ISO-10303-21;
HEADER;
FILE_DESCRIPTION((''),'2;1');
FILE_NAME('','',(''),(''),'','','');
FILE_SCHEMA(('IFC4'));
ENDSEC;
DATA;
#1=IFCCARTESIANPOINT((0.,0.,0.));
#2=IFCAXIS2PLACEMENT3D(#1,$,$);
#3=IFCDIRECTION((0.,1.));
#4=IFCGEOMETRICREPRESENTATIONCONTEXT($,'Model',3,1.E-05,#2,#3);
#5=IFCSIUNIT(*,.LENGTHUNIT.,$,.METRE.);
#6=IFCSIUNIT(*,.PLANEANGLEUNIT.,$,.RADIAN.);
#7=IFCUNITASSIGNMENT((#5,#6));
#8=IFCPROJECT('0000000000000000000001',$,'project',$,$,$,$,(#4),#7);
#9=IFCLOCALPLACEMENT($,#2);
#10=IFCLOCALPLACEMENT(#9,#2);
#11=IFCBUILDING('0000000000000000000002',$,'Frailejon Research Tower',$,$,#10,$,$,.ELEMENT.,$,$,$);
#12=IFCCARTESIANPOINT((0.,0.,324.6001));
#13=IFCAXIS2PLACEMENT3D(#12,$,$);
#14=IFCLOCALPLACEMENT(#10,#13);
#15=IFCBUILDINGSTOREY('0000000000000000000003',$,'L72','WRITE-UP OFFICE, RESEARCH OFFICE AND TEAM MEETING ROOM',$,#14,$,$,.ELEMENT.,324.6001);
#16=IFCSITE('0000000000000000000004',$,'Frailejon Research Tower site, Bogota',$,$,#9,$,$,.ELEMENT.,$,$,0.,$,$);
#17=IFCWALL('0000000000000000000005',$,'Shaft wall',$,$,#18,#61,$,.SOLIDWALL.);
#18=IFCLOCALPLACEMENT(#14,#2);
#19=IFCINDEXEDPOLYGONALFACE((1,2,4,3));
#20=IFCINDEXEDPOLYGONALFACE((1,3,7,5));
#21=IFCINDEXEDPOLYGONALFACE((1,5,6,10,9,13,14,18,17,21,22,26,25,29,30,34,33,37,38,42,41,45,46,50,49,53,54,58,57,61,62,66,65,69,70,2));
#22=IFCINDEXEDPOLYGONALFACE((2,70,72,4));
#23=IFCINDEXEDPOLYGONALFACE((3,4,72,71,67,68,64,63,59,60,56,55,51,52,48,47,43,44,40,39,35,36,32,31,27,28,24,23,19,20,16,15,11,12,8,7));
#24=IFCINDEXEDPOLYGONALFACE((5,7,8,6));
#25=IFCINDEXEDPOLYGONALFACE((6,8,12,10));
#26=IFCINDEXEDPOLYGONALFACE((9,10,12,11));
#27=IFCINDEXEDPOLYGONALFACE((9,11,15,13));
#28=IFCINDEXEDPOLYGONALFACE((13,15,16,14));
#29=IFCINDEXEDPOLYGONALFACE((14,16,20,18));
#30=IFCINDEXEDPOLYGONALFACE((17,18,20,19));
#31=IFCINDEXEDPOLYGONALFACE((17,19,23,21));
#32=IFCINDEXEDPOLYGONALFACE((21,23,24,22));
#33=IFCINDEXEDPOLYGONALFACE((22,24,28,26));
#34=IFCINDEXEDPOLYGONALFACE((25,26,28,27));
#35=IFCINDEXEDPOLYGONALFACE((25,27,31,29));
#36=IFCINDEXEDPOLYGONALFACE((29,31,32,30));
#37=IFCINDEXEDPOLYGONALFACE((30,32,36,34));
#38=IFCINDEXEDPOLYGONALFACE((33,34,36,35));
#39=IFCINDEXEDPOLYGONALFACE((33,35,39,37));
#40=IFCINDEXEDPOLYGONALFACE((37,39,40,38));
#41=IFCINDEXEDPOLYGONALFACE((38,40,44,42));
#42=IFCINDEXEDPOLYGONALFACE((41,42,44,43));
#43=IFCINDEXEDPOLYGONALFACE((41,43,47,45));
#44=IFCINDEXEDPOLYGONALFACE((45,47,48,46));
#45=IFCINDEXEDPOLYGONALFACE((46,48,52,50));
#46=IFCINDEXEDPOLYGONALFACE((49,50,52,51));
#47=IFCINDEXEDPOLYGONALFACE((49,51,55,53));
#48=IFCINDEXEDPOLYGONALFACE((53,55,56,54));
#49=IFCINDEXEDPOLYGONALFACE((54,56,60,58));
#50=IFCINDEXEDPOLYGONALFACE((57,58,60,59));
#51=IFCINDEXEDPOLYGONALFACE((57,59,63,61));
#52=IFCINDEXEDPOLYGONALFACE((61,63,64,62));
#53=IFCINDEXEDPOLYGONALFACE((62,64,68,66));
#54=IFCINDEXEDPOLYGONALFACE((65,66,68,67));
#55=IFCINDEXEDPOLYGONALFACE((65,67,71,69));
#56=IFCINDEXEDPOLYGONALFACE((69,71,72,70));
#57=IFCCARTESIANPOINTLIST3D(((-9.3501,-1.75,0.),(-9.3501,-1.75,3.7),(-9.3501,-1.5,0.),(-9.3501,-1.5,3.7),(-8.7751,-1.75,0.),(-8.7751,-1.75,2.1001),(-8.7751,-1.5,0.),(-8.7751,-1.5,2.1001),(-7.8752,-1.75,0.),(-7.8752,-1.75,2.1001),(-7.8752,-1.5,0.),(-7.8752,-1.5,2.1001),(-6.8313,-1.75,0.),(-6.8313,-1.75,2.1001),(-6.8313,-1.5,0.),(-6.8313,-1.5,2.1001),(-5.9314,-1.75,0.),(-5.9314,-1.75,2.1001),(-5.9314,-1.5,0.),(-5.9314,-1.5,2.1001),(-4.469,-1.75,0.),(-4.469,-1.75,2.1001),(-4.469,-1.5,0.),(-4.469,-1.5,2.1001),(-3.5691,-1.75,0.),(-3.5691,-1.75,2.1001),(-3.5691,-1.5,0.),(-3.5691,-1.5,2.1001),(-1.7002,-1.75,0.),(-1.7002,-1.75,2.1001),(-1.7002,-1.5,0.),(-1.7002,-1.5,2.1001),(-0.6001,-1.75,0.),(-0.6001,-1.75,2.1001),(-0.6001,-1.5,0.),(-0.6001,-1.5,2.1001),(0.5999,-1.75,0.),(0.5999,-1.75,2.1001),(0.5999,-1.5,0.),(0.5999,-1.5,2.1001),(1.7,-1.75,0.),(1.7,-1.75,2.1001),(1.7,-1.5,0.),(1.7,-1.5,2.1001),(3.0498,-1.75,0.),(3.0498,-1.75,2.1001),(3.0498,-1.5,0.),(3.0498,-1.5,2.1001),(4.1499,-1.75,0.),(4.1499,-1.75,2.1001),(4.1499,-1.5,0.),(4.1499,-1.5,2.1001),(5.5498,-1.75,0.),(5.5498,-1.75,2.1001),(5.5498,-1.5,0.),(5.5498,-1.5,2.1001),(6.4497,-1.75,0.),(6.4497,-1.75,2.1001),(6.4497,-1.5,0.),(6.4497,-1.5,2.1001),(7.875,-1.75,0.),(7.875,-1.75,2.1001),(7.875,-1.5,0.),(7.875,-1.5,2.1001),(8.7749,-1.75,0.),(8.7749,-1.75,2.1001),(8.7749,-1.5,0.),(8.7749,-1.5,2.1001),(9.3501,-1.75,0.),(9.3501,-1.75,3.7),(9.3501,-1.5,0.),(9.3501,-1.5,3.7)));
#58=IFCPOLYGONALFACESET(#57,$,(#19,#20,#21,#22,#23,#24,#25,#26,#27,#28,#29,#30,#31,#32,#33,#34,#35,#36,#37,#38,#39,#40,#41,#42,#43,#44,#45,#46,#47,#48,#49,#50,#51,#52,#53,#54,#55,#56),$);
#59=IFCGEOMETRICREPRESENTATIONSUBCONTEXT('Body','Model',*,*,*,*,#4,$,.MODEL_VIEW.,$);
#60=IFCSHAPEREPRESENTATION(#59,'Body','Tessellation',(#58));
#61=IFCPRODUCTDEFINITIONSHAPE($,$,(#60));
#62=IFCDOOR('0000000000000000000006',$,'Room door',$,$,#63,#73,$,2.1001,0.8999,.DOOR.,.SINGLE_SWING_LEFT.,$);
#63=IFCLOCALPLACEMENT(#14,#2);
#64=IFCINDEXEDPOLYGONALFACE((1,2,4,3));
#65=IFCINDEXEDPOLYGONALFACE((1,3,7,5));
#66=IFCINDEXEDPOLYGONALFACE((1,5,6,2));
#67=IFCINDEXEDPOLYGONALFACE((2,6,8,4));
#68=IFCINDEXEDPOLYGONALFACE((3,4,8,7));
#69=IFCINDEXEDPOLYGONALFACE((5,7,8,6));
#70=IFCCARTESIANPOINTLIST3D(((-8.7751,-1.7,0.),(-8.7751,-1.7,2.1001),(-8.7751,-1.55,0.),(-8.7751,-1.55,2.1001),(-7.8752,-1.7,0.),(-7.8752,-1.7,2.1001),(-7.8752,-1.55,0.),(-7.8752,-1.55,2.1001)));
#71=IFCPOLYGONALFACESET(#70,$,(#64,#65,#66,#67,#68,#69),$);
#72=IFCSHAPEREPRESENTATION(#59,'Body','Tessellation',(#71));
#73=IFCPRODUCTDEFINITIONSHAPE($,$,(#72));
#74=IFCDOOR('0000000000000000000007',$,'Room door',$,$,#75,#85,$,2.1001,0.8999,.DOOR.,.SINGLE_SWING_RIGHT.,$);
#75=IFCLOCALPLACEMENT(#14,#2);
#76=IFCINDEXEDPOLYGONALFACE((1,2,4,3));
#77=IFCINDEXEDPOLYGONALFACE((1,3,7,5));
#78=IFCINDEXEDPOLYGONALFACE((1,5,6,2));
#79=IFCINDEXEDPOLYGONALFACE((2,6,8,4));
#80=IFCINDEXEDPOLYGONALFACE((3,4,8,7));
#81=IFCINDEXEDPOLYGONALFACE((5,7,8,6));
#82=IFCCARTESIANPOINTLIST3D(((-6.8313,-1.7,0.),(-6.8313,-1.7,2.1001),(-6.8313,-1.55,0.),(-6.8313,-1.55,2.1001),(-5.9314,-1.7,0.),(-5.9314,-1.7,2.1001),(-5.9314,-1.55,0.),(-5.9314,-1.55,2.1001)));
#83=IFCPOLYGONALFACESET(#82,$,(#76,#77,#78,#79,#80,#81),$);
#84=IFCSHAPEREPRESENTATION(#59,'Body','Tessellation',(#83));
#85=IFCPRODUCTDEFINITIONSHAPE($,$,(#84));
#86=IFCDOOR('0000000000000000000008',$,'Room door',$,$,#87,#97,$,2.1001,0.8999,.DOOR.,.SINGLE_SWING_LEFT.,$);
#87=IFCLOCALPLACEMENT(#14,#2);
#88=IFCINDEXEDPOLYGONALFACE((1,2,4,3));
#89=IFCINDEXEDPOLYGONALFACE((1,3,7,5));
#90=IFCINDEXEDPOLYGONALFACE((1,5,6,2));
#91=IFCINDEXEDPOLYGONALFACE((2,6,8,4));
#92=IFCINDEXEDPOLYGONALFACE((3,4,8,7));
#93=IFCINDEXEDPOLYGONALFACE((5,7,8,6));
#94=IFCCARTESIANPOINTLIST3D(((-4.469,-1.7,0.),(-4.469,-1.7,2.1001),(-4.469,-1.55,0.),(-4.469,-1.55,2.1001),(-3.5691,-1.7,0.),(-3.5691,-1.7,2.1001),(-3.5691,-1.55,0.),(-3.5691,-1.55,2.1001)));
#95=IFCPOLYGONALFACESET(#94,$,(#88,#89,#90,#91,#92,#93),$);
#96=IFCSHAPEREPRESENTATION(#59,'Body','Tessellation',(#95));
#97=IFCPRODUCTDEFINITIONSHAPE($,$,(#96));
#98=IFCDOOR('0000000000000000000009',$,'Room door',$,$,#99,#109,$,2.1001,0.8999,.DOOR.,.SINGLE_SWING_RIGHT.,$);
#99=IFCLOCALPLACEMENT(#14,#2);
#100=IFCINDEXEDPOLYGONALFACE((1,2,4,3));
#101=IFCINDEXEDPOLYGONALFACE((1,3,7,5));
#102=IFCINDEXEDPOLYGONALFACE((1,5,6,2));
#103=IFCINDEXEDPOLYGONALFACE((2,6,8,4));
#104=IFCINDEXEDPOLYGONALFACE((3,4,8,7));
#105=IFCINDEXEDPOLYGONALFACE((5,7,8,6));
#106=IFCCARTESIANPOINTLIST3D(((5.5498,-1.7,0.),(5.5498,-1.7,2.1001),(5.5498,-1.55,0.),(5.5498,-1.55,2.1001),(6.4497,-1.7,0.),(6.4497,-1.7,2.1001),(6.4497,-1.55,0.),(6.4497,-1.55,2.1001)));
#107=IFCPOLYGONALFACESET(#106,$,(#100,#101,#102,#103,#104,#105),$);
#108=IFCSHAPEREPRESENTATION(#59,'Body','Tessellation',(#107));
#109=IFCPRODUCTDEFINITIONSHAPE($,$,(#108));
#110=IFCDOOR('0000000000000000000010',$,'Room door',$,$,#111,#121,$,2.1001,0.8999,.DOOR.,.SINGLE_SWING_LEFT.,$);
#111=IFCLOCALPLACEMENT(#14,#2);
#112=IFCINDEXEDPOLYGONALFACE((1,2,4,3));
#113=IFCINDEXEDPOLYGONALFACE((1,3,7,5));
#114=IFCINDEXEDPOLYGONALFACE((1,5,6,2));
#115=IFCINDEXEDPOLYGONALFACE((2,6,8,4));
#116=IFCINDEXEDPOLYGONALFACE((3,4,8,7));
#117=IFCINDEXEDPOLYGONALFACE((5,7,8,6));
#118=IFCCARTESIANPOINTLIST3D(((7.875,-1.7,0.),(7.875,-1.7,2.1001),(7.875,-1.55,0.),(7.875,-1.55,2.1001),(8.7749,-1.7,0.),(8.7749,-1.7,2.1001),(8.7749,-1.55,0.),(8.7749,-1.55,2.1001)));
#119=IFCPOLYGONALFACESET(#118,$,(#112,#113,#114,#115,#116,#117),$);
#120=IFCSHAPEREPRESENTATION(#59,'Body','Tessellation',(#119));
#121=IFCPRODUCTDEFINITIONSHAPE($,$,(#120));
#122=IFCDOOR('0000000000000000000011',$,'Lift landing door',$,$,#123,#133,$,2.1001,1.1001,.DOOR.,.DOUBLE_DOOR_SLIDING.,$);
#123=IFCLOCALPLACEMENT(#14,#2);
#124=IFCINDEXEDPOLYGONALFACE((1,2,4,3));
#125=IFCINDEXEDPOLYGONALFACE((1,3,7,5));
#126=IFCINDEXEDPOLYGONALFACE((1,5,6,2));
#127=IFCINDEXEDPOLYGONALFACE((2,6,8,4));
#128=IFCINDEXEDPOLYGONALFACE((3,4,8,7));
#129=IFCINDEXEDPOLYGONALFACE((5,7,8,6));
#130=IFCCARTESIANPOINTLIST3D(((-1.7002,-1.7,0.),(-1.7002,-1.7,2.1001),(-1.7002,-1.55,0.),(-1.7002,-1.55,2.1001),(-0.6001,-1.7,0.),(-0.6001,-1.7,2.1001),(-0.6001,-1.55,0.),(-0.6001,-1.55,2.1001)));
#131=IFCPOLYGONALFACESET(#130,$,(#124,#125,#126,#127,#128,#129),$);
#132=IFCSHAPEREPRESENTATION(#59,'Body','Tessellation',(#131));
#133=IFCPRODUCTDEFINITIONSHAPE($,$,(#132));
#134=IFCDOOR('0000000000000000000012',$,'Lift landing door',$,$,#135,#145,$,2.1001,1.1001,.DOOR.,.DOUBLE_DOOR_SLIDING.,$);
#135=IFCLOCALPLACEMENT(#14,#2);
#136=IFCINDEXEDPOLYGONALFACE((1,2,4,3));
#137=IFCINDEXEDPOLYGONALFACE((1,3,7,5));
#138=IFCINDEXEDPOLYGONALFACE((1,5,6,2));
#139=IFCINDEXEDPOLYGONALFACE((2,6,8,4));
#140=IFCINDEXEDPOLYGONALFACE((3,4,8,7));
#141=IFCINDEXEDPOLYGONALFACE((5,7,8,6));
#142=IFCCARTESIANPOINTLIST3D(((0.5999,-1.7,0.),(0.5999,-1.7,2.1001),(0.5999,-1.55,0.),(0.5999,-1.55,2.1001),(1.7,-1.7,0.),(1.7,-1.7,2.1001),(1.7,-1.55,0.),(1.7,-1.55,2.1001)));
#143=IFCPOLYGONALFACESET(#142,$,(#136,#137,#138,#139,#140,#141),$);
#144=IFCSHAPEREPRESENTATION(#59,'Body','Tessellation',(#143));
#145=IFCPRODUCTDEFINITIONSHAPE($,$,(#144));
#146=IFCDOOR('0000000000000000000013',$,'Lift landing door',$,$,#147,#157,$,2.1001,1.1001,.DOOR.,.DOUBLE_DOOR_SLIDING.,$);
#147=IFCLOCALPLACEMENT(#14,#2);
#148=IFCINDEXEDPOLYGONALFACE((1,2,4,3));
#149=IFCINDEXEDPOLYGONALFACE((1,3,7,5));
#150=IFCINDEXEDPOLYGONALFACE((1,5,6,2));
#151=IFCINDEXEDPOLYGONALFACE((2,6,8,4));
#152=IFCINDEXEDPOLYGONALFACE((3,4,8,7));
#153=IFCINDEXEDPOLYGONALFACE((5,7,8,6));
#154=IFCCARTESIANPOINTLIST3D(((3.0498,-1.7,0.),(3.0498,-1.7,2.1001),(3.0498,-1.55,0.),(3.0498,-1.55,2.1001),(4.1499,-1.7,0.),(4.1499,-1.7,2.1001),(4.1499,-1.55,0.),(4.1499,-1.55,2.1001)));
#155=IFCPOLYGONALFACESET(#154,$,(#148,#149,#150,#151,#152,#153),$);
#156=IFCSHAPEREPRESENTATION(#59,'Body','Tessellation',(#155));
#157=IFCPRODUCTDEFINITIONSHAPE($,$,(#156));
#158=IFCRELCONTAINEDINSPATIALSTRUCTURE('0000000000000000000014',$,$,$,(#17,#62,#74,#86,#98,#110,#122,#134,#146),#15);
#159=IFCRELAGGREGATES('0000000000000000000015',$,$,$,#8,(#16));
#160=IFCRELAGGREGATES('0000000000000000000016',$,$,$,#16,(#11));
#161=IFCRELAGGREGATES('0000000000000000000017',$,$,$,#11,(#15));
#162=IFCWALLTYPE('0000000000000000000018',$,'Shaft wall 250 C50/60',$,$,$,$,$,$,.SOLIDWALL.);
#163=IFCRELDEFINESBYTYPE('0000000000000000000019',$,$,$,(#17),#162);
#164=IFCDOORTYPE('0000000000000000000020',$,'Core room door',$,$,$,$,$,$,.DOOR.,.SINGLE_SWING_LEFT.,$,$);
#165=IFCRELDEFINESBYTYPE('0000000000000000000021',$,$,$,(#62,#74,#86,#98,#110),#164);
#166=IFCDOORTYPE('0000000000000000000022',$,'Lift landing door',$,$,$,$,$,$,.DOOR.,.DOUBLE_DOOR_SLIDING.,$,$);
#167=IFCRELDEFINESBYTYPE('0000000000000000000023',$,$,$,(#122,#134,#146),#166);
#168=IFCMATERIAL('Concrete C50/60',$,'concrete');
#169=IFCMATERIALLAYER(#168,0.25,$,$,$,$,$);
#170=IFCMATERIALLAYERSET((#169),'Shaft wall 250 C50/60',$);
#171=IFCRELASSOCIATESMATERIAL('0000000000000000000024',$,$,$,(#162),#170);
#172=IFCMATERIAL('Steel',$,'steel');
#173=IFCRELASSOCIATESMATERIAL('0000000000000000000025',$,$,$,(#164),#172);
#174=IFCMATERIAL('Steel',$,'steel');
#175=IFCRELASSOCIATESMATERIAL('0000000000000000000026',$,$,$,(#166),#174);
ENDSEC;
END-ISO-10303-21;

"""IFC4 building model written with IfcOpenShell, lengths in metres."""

from ifc_helpers import new_model, si_unit, direction, frame, frame_2d, origin, place, context, subcontext, project, spatial, rectangle, extrude, material, layer, layer_set, type_object, element, fill, save


model = new_model("IFC4")

# Units and contexts
model_context = context("Model", 3, precision=1e-05, world=origin(), true_north=direction((0.0, 1.0)))
body_context = subcontext(model_context, "Body", "Model", "MODEL_VIEW")
ifc_project = project(units=[si_unit("LENGTHUNIT", "METRE"), si_unit("PLANEANGLEUNIT", "RADIAN")], contexts=[model_context])

# Site, building, storey
site_placement = place(None, origin())
site = spatial("IfcSite", under=ifc_project, at=site_placement, Name="Frailejon Research Tower site, Bogota", CompositionType="ELEMENT", RefElevation=0.0)
building_placement = place(site_placement, origin())
building = spatial("IfcBuilding", under=site, at=building_placement, Name="Frailejon Research Tower", CompositionType="ELEMENT")
storey_placement = place(building_placement, frame((0.0, 0.0, 324.6001)))
storey = spatial("IfcBuildingStorey", under=building, at=storey_placement, Name="L72", Description="WRITE-UP OFFICE, RESEARCH OFFICE AND TEAM MEETING ROOM", CompositionType="ELEMENT", Elevation=324.6001)

# Wall, openings, doors
ifc_material_1 = material(Name="Concrete C50/60", Category="concrete")
ifc_layer_1 = layer(ifc_material_1, 0.25)
ifc_layer_set_1 = layer_set([ifc_layer_1], Name="Shaft wall 250 C50/60")
wall_type_1 = type_object("IfcWallType", Name="Shaft wall 250 C50/60", PredefinedType="SOLIDWALL", material=ifc_layer_set_1)
wall_1_placement = place(storey_placement, frame((-9.3501, -1.625, 0.0), z_axis=(0.0, 0.0, 1.0), x_axis=(1.0, 0.0, 0.0)))
wall_1 = element("IfcWall", 1, at=wall_1_placement, inside=storey, type_object=wall_type_1, Name="Shaft wall", PredefinedType="SOLIDWALL", context=body_context, shape_type="SweptSolid", body=[
    extrude(rectangle(XDim=18.7002, YDim=0.25, at=frame_2d((9.3501, 0.0))), origin(), (0.0, 0.0, 1.0), 3.7),
])
opening_1_placement = place(wall_1_placement, frame((7.6499, 0.0, 0.0)))
opening_1 = element("IfcOpeningElement", 2, at=opening_1_placement, cuts=wall_1, PredefinedType="OPENING", context=body_context, shape_type="SweptSolid", body=[
    extrude(rectangle(XDim=1.1001, YDim=2.1001, at=frame_2d((0.55, 1.05))), frame((0.0, 0.135, 0.0), z_axis=(0.0, -1.0, 0.0), x_axis=(1.0, 0.0, 0.0)), (0.0, 0.0, 1.0), 0.27),
])
opening_2_placement = place(wall_1_placement, frame((9.95, 0.0, 0.0)))
opening_2 = element("IfcOpeningElement", 3, at=opening_2_placement, cuts=wall_1, PredefinedType="OPENING", context=body_context, shape_type="SweptSolid", body=[
    extrude(rectangle(XDim=1.1001, YDim=2.1001, at=frame_2d((0.55, 1.05))), frame((0.0, 0.135, 0.0), z_axis=(0.0, -1.0, 0.0), x_axis=(1.0, 0.0, 0.0)), (0.0, 0.0, 1.0), 0.27),
])
opening_3_placement = place(wall_1_placement, frame((12.3999, 0.0, 0.0)))
opening_3 = element("IfcOpeningElement", 4, at=opening_3_placement, cuts=wall_1, PredefinedType="OPENING", context=body_context, shape_type="SweptSolid", body=[
    extrude(rectangle(XDim=1.1001, YDim=2.1001, at=frame_2d((0.55, 1.05))), frame((0.0, 0.135, 0.0), z_axis=(0.0, -1.0, 0.0), x_axis=(1.0, 0.0, 0.0)), (0.0, 0.0, 1.0), 0.27),
])
opening_4_placement = place(wall_1_placement, frame((0.575, 0.0, 0.0)))
opening_4 = element("IfcOpeningElement", 5, at=opening_4_placement, cuts=wall_1, PredefinedType="OPENING", context=body_context, shape_type="SweptSolid", body=[
    extrude(rectangle(XDim=0.8999, YDim=2.1001, at=frame_2d((0.45, 1.05))), frame((0.0, 0.135, 0.0), z_axis=(0.0, -1.0, 0.0), x_axis=(1.0, 0.0, 0.0)), (0.0, 0.0, 1.0), 0.27),
])
opening_5_placement = place(wall_1_placement, frame((2.5188, 0.0, 0.0)))
opening_5 = element("IfcOpeningElement", 6, at=opening_5_placement, cuts=wall_1, PredefinedType="OPENING", context=body_context, shape_type="SweptSolid", body=[
    extrude(rectangle(XDim=0.8999, YDim=2.1001, at=frame_2d((0.45, 1.05))), frame((0.0, 0.135, 0.0), z_axis=(0.0, -1.0, 0.0), x_axis=(1.0, 0.0, 0.0)), (0.0, 0.0, 1.0), 0.27),
])
opening_6_placement = place(wall_1_placement, frame((4.8811, 0.0, 0.0)))
opening_6 = element("IfcOpeningElement", 7, at=opening_6_placement, cuts=wall_1, PredefinedType="OPENING", context=body_context, shape_type="SweptSolid", body=[
    extrude(rectangle(XDim=0.8999, YDim=2.1001, at=frame_2d((0.45, 1.05))), frame((0.0, 0.135, 0.0), z_axis=(0.0, -1.0, 0.0), x_axis=(1.0, 0.0, 0.0)), (0.0, 0.0, 1.0), 0.27),
])
opening_7_placement = place(wall_1_placement, frame((14.8999, 0.0, 0.0)))
opening_7 = element("IfcOpeningElement", 8, at=opening_7_placement, cuts=wall_1, PredefinedType="OPENING", context=body_context, shape_type="SweptSolid", body=[
    extrude(rectangle(XDim=0.8999, YDim=2.1001, at=frame_2d((0.45, 1.05))), frame((0.0, 0.135, 0.0), z_axis=(0.0, -1.0, 0.0), x_axis=(1.0, 0.0, 0.0)), (0.0, 0.0, 1.0), 0.27),
])
opening_8_placement = place(wall_1_placement, frame((17.2251, 0.0, 0.0)))
opening_8 = element("IfcOpeningElement", 9, at=opening_8_placement, cuts=wall_1, PredefinedType="OPENING", context=body_context, shape_type="SweptSolid", body=[
    extrude(rectangle(XDim=0.8999, YDim=2.1001, at=frame_2d((0.45, 1.05))), frame((0.0, 0.135, 0.0), z_axis=(0.0, -1.0, 0.0), x_axis=(1.0, 0.0, 0.0)), (0.0, 0.0, 1.0), 0.27),
])
ifc_material_2 = material(Name="Steel", Category="steel")
door_type_1 = type_object("IfcDoorType", Name="Core room door", OperationType="SINGLE_SWING_LEFT", PredefinedType="DOOR", material=ifc_material_2)
door_1_placement = place(opening_4_placement, origin())
door_1 = element("IfcDoor", 10, at=door_1_placement, inside=storey, type_object=door_type_1, Name="Room door", OperationType="SINGLE_SWING_LEFT", OverallHeight=2.1001, OverallWidth=0.8999, PredefinedType="DOOR", context=body_context, shape_type="SweptSolid", body=[
    extrude(rectangle(XDim=0.8999, YDim=2.1001, at=frame_2d((0.45, 1.05))), frame((0.0, 0.075, 0.0), z_axis=(0.0, -1.0, 0.0), x_axis=(1.0, 0.0, 0.0)), (0.0, 0.0, 1.0), 0.1499),
])
fill(opening_4, door_1)
door_2_placement = place(opening_5_placement, origin())
door_2 = element("IfcDoor", 11, at=door_2_placement, inside=storey, type_object=door_type_1, Name="Room door", OperationType="SINGLE_SWING_RIGHT", OverallHeight=2.1001, OverallWidth=0.8999, PredefinedType="DOOR", context=body_context, shape_type="SweptSolid", body=[
    extrude(rectangle(XDim=0.8999, YDim=2.1001, at=frame_2d((0.45, 1.05))), frame((0.0, 0.075, 0.0), z_axis=(0.0, -1.0, 0.0), x_axis=(1.0, 0.0, 0.0)), (0.0, 0.0, 1.0), 0.1499),
])
fill(opening_5, door_2)
door_3_placement = place(opening_6_placement, origin())
door_3 = element("IfcDoor", 12, at=door_3_placement, inside=storey, type_object=door_type_1, Name="Room door", OperationType="SINGLE_SWING_LEFT", OverallHeight=2.1001, OverallWidth=0.8999, PredefinedType="DOOR", context=body_context, shape_type="SweptSolid", body=[
    extrude(rectangle(XDim=0.8999, YDim=2.1001, at=frame_2d((0.45, 1.05))), frame((0.0, 0.075, 0.0), z_axis=(0.0, -1.0, 0.0), x_axis=(1.0, 0.0, 0.0)), (0.0, 0.0, 1.0), 0.1499),
])
fill(opening_6, door_3)
door_4_placement = place(opening_7_placement, origin())
door_4 = element("IfcDoor", 13, at=door_4_placement, inside=storey, type_object=door_type_1, Name="Room door", OperationType="SINGLE_SWING_RIGHT", OverallHeight=2.1001, OverallWidth=0.8999, PredefinedType="DOOR", context=body_context, shape_type="SweptSolid", body=[
    extrude(rectangle(XDim=0.8999, YDim=2.1001, at=frame_2d((0.45, 1.05))), frame((0.0, 0.075, 0.0), z_axis=(0.0, -1.0, 0.0), x_axis=(1.0, 0.0, 0.0)), (0.0, 0.0, 1.0), 0.1499),
])
fill(opening_7, door_4)
door_5_placement = place(opening_8_placement, origin())
door_5 = element("IfcDoor", 14, at=door_5_placement, inside=storey, type_object=door_type_1, Name="Room door", OperationType="SINGLE_SWING_LEFT", OverallHeight=2.1001, OverallWidth=0.8999, PredefinedType="DOOR", context=body_context, shape_type="SweptSolid", body=[
    extrude(rectangle(XDim=0.8999, YDim=2.1001, at=frame_2d((0.45, 1.05))), frame((0.0, 0.075, 0.0), z_axis=(0.0, -1.0, 0.0), x_axis=(1.0, 0.0, 0.0)), (0.0, 0.0, 1.0), 0.1499),
])
fill(opening_8, door_5)
ifc_material_3 = material(Name="Steel", Category="steel")
door_type_2 = type_object("IfcDoorType", Name="Lift landing door", OperationType="DOUBLE_DOOR_SLIDING", PredefinedType="DOOR", material=ifc_material_3)
door_6_placement = place(opening_1_placement, origin())
door_6 = element("IfcDoor", 15, at=door_6_placement, inside=storey, type_object=door_type_2, Name="Lift landing door", OperationType="DOUBLE_DOOR_SLIDING", OverallHeight=2.1001, OverallWidth=1.1001, PredefinedType="DOOR", context=body_context, shape_type="SweptSolid", body=[
    extrude(rectangle(XDim=1.1001, YDim=2.1001, at=frame_2d((0.55, 1.05))), frame((0.0, 0.075, 0.0), z_axis=(0.0, -1.0, 0.0), x_axis=(1.0, 0.0, 0.0)), (0.0, 0.0, 1.0), 0.1499),
])
fill(opening_1, door_6)
door_7_placement = place(opening_2_placement, origin())
door_7 = element("IfcDoor", 16, at=door_7_placement, inside=storey, type_object=door_type_2, Name="Lift landing door", OperationType="DOUBLE_DOOR_SLIDING", OverallHeight=2.1001, OverallWidth=1.1001, PredefinedType="DOOR", context=body_context, shape_type="SweptSolid", body=[
    extrude(rectangle(XDim=1.1001, YDim=2.1001, at=frame_2d((0.55, 1.05))), frame((0.0, 0.075, 0.0), z_axis=(0.0, -1.0, 0.0), x_axis=(1.0, 0.0, 0.0)), (0.0, 0.0, 1.0), 0.1499),
])
fill(opening_2, door_7)
door_8_placement = place(opening_3_placement, origin())
door_8 = element("IfcDoor", 17, at=door_8_placement, inside=storey, type_object=door_type_2, Name="Lift landing door", OperationType="DOUBLE_DOOR_SLIDING", OverallHeight=2.1001, OverallWidth=1.1001, PredefinedType="DOOR", context=body_context, shape_type="SweptSolid", body=[
    extrude(rectangle(XDim=1.1001, YDim=2.1001, at=frame_2d((0.55, 1.05))), frame((0.0, 0.075, 0.0), z_axis=(0.0, -1.0, 0.0), x_axis=(1.0, 0.0, 0.0)), (0.0, 0.0, 1.0), 0.1499),
])
fill(opening_3, door_8)

save(model, "model.ifc")
